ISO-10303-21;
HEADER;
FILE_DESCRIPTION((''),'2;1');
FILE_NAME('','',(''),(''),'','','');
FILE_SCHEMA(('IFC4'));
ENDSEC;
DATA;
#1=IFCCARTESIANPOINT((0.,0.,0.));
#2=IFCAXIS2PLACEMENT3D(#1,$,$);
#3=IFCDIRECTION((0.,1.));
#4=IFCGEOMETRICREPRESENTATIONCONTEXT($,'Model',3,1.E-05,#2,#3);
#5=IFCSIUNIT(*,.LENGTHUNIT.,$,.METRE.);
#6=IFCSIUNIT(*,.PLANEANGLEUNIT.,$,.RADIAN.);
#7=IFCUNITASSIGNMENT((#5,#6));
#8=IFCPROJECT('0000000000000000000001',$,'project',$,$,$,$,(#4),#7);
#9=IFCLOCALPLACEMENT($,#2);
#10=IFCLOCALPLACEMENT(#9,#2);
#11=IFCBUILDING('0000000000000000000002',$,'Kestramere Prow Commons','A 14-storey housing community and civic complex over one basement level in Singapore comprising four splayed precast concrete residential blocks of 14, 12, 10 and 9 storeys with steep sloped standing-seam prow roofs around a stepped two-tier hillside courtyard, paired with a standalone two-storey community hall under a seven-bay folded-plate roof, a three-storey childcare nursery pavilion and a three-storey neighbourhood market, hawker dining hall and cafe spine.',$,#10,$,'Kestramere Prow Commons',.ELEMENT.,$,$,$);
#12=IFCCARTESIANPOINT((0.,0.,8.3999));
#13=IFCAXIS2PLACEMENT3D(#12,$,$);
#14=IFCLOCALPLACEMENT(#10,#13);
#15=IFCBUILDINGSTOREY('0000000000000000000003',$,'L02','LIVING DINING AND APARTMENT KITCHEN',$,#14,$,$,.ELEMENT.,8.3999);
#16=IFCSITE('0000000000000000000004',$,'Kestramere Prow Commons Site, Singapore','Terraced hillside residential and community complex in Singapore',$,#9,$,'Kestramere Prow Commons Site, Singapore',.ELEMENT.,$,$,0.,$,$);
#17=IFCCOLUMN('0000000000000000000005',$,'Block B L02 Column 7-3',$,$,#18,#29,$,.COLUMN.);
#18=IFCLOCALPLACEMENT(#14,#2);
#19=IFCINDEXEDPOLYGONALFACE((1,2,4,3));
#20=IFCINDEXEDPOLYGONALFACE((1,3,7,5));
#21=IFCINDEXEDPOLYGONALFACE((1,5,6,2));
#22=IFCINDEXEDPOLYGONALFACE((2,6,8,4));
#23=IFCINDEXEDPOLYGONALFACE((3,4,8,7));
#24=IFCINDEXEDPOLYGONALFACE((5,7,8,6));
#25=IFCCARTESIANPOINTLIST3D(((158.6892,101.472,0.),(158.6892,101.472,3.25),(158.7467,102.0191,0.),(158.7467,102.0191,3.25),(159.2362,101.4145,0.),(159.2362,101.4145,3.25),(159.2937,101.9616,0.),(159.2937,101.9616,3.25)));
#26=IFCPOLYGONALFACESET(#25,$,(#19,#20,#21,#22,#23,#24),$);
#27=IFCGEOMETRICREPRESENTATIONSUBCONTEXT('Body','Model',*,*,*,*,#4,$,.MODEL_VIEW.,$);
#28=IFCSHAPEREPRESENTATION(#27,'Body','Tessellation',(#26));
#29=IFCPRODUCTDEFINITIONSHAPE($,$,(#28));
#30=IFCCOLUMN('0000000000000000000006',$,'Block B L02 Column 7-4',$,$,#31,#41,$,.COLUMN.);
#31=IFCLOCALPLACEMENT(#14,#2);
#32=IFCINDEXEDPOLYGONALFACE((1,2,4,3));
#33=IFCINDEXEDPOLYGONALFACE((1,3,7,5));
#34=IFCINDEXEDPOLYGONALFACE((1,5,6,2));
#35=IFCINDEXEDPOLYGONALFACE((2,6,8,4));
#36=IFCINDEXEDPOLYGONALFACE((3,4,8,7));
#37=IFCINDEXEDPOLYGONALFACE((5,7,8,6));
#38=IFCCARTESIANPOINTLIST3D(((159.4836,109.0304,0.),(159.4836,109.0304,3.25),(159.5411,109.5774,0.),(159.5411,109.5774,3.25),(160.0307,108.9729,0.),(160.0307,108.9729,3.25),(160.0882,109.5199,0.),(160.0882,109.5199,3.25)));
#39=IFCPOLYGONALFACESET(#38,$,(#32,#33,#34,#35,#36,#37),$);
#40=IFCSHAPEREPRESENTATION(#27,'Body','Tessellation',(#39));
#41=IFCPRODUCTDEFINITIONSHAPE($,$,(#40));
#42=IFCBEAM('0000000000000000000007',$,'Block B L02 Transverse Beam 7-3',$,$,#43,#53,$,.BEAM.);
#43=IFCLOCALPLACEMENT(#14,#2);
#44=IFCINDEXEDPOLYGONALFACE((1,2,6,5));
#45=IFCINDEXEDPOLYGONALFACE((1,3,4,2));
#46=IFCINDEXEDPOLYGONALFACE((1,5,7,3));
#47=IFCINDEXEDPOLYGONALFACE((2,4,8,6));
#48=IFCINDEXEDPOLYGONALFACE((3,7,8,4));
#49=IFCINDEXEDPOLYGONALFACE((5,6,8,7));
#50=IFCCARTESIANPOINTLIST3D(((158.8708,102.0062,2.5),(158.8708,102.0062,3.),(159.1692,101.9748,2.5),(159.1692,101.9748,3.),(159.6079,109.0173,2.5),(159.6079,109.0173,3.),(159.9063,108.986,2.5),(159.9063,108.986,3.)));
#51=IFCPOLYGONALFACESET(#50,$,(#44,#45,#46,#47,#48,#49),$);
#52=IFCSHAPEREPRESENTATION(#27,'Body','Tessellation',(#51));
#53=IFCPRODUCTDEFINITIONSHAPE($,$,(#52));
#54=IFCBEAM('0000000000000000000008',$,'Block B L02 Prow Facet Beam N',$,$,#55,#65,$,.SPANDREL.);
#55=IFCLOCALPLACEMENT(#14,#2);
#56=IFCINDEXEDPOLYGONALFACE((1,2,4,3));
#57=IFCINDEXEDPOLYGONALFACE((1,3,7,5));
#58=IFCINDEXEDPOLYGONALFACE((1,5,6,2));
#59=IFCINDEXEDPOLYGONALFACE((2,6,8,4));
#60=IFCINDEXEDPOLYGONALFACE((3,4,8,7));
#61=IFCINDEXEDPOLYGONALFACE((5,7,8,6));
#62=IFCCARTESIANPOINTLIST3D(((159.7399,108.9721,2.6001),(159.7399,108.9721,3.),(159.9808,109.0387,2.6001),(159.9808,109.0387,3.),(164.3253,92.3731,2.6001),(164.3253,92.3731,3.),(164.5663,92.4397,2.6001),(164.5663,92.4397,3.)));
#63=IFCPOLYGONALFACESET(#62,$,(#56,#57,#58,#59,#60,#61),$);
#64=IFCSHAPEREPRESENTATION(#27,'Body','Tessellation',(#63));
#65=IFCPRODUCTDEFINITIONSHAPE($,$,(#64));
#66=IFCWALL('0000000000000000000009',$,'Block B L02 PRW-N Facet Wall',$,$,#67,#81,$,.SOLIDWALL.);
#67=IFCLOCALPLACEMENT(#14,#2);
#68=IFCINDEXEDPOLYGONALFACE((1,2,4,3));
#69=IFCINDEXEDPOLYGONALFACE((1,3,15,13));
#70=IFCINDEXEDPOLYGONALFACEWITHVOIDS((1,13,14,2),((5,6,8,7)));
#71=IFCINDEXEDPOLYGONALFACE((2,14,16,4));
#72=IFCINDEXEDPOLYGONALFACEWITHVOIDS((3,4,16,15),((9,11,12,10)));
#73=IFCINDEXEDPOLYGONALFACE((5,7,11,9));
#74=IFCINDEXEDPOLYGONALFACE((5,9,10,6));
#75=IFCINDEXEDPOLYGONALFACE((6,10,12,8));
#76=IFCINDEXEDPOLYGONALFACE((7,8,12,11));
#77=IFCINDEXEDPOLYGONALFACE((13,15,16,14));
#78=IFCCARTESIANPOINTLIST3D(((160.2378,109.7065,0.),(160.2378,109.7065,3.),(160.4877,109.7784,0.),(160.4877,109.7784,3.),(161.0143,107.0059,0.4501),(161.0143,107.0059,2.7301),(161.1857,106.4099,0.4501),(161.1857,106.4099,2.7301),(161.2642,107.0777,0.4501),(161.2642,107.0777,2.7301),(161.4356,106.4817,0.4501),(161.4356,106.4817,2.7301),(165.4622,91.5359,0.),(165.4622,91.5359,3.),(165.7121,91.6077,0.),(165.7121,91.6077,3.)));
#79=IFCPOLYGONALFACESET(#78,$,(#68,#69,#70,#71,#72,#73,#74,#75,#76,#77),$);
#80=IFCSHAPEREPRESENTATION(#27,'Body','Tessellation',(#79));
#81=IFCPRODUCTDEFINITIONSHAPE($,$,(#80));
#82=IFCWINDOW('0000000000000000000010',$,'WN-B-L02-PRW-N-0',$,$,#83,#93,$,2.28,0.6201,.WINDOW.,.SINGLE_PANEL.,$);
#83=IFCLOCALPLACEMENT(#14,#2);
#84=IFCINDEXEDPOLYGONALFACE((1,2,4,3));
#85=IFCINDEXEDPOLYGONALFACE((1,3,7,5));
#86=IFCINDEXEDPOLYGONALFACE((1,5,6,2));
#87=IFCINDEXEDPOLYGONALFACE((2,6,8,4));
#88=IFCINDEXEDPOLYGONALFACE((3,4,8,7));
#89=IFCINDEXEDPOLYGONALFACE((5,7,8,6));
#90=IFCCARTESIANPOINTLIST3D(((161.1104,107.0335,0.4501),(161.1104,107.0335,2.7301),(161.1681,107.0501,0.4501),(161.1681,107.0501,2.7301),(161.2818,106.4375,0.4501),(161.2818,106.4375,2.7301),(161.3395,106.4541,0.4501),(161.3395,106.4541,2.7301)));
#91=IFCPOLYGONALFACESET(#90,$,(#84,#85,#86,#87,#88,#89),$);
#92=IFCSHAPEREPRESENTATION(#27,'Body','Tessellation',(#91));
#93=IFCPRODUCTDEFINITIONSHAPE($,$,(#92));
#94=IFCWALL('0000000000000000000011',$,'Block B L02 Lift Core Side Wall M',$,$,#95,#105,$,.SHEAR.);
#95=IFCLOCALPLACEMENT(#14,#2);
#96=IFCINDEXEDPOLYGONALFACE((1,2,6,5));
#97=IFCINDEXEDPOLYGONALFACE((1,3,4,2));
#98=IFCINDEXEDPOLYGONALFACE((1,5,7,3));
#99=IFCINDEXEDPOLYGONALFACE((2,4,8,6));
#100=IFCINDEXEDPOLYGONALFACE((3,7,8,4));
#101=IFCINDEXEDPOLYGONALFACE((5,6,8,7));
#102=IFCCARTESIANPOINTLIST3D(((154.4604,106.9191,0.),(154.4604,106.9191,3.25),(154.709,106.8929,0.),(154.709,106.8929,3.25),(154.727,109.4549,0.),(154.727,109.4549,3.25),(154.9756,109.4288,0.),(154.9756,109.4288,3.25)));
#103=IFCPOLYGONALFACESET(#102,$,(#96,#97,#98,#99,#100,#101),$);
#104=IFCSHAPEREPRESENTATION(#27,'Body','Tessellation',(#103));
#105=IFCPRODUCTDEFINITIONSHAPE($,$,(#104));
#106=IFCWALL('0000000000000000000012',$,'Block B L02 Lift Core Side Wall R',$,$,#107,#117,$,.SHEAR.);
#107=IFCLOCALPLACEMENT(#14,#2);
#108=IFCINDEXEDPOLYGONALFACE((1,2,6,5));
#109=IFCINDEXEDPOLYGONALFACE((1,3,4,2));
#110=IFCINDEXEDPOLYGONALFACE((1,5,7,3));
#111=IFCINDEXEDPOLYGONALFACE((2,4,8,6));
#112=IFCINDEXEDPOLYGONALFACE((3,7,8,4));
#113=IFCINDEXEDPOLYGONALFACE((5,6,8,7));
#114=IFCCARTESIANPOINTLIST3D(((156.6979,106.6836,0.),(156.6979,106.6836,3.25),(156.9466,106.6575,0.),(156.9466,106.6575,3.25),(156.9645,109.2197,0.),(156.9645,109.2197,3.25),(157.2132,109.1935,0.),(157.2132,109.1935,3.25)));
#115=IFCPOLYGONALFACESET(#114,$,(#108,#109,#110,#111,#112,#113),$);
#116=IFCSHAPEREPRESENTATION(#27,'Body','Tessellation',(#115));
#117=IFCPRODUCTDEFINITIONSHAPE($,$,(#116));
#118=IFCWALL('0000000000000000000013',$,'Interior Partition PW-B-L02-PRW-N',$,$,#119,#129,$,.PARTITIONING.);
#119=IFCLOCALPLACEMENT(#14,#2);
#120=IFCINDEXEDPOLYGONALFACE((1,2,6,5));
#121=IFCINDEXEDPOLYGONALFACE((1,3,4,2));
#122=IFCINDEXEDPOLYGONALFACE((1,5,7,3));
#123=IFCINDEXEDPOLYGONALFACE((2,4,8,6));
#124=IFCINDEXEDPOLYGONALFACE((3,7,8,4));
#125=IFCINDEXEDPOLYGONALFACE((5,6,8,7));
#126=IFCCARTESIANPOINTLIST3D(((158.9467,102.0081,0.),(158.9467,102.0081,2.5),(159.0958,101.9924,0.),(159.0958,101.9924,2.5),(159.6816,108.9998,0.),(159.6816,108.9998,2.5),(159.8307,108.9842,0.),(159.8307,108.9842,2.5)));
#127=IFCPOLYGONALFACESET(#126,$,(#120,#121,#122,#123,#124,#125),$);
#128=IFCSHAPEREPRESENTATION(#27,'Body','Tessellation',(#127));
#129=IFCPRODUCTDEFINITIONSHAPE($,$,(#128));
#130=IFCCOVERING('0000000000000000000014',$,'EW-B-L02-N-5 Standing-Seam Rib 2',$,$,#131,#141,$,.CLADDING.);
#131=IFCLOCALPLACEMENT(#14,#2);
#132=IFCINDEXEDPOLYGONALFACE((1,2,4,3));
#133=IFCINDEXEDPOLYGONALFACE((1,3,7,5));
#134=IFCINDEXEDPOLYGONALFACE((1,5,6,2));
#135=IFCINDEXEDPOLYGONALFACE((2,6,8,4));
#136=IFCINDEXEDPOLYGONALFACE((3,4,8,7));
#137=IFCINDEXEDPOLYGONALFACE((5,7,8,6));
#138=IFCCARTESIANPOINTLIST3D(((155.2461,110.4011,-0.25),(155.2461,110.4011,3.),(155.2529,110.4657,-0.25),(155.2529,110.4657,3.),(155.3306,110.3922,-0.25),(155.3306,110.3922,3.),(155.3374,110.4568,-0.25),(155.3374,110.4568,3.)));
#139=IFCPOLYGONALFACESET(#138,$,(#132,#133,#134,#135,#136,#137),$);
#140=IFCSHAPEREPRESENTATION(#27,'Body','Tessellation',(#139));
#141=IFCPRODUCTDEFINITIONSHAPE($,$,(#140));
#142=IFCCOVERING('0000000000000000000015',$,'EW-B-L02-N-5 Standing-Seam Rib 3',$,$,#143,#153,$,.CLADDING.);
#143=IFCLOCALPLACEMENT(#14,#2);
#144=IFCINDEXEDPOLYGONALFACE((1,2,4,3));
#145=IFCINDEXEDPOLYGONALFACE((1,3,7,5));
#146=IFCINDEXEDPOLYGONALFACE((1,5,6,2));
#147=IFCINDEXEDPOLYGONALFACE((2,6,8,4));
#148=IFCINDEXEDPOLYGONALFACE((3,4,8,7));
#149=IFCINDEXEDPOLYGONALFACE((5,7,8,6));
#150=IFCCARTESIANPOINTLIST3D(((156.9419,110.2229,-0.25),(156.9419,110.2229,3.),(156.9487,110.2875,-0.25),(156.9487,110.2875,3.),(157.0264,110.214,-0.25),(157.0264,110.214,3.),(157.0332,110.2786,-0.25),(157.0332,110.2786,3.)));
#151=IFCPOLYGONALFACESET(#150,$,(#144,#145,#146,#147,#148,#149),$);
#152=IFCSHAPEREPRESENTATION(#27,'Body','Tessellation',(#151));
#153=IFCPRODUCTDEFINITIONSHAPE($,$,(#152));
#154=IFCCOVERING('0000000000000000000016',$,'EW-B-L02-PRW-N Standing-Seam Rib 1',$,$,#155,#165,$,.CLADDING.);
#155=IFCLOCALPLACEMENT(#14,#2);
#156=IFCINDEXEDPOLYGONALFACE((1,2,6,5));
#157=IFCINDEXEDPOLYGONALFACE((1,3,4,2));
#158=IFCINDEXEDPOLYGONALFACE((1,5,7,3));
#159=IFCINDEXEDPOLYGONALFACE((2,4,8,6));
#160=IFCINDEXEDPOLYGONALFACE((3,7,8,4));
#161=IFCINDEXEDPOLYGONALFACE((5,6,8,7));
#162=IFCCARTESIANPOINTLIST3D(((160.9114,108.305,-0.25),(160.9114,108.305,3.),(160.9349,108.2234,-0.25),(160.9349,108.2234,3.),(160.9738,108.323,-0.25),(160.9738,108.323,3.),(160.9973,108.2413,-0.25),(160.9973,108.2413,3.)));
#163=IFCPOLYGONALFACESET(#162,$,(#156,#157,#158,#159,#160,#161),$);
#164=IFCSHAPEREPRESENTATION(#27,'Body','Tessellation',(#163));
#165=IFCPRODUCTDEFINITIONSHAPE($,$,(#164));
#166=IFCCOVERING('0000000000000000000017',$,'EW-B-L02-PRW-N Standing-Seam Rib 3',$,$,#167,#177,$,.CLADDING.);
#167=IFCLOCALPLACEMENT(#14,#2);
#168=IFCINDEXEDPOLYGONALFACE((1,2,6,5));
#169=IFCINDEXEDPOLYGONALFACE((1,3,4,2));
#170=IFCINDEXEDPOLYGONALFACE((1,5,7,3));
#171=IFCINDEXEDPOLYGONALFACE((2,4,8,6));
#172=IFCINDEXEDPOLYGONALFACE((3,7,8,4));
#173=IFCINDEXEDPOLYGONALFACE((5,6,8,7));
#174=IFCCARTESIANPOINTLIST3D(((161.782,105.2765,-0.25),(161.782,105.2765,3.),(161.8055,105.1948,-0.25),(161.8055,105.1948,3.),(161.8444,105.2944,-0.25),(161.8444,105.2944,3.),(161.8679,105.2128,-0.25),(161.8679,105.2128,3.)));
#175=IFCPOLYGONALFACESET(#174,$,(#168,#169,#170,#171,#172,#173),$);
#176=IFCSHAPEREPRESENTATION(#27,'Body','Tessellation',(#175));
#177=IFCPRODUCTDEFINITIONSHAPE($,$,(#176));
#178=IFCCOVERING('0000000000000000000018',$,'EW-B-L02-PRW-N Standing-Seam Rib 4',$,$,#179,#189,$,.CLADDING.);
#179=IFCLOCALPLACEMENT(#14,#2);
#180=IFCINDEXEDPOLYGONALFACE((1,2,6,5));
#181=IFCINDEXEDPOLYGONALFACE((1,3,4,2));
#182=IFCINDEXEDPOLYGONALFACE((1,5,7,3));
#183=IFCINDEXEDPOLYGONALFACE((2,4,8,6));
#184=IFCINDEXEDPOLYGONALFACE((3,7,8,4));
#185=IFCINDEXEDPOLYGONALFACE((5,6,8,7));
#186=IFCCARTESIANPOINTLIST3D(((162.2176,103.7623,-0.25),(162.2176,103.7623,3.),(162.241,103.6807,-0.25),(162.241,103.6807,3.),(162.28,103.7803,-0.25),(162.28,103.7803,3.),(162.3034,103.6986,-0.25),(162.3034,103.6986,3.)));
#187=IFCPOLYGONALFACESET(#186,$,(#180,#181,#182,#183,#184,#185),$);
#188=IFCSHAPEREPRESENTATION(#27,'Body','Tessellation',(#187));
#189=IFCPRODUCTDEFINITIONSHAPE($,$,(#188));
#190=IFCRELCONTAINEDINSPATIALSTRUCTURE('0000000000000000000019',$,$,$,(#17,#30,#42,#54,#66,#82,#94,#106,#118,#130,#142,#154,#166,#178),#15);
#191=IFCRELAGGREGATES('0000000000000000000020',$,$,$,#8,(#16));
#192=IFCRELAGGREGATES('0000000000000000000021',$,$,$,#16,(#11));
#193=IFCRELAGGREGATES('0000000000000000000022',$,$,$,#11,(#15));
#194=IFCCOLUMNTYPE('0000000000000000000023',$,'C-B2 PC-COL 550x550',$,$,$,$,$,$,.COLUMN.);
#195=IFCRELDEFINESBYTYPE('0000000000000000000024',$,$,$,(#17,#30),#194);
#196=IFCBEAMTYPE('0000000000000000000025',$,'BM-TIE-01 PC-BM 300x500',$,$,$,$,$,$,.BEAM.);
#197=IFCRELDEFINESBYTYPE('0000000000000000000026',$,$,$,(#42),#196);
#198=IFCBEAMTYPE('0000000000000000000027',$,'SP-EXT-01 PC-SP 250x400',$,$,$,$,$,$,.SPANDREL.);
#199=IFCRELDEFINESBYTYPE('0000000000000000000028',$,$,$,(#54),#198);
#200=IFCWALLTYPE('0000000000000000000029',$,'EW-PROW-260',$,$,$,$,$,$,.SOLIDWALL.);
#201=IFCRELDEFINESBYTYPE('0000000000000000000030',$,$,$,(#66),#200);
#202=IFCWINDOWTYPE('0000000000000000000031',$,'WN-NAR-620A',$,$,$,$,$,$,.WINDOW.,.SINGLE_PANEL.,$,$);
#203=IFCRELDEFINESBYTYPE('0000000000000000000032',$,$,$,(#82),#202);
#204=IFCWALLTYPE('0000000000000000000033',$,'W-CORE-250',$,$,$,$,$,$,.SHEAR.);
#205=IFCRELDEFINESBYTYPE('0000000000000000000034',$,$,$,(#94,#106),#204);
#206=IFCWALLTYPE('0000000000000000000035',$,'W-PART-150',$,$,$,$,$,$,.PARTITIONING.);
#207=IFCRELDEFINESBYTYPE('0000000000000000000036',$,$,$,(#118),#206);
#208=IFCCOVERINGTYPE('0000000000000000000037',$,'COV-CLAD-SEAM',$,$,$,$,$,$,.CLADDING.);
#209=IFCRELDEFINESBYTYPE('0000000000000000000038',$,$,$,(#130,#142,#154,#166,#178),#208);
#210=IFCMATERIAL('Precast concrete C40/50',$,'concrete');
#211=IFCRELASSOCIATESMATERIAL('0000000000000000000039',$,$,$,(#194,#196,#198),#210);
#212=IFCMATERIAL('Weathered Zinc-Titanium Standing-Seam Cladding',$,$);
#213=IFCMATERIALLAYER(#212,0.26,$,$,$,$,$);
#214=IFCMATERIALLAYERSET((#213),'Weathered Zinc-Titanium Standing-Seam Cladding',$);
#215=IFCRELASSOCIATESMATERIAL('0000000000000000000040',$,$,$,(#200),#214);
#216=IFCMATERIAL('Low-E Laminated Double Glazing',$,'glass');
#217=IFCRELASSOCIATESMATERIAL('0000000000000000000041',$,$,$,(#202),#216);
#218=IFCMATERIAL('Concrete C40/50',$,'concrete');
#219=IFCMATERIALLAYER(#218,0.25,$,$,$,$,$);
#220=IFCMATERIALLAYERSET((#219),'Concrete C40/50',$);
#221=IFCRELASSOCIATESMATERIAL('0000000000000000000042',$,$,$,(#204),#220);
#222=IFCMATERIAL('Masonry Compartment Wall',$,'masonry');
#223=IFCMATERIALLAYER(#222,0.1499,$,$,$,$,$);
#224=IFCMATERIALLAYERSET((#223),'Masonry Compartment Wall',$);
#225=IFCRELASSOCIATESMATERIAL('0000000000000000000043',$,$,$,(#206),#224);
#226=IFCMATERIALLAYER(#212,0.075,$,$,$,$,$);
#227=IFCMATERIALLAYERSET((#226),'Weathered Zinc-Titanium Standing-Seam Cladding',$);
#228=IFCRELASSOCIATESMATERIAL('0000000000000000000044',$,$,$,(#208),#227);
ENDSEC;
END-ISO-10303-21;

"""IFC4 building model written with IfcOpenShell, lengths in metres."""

from ifc_helpers import new_model, si_unit, direction, frame, frame_2d, origin, origin_2d, place, context, subcontext, project, spatial, rectangle, extrude, material, layer, layer_set, material_profile, profile_set, type_object, element, fill, save


model = new_model("IFC4")

# Units and contexts
model_context = context("Model", 3, precision=1e-05, world=origin(), true_north=direction((0.0, 1.0)))
body_context = subcontext(model_context, "Body", "Model", "MODEL_VIEW")
ifc_project = project(units=[si_unit("LENGTHUNIT", "METRE"), si_unit("PLANEANGLEUNIT", "RADIAN")], contexts=[model_context])

# Site, building, storey
site_placement = place(None, origin())
site = spatial("IfcSite", under=ifc_project, at=site_placement, Name="Kestramere Prow Commons Site, Singapore", Description="Terraced hillside residential and community complex in Singapore", LongName="Kestramere Prow Commons Site, Singapore", CompositionType="ELEMENT", RefElevation=0.0)
building_placement = place(site_placement, origin())
building = spatial("IfcBuilding", under=site, at=building_placement, Name="Kestramere Prow Commons", Description="A 14-storey housing community and civic complex over one basement level in Singapore comprising four splayed precast concrete residential blocks of 14, 12, 10 and 9 storeys with steep sloped standing-seam prow roofs around a stepped two-tier hillside courtyard, paired with a standalone two-storey community hall under a seven-bay folded-plate roof, a three-storey childcare nursery pavilion and a three-storey neighbourhood market, hawker dining hall and cafe spine.", LongName="Kestramere Prow Commons", CompositionType="ELEMENT")
storey_placement = place(building_placement, frame((0.0, 0.0, 8.3999)))
storey = spatial("IfcBuildingStorey", under=building, at=storey_placement, Name="L02", Description="LIVING DINING AND APARTMENT KITCHEN", CompositionType="ELEMENT", Elevation=8.3999)

# Columns
ifc_material_1 = material(Name="Precast concrete C40/50", Category="concrete")
ifc_material_profile_1 = material_profile(ifc_material_1, rectangle(XDim=0.55, YDim=0.55, at=origin_2d()), Name="PC-COL 550x550")
ifc_profile_set_1 = profile_set([ifc_material_profile_1], Name="Precast concrete C40/50")
column_type = type_object("IfcColumnType", Name="C-B2 PC-COL 550x550", PredefinedType="COLUMN", material=ifc_profile_set_1)
for number, where, z_axis, x_axis, name in (
    (1, (158.9915, 101.7168, 0.0), (0.0, 0.0, 1.0), (0.994522, -0.104528, 0.0), "Block B L02 Column 7-3"),
    (2, (159.7859, 109.2751, 0.0), (0.0, 0.0, 1.0), (0.994522, -0.104528, 0.0), "Block B L02 Column 7-4"),
):
    element("IfcColumn", number, at=place(storey_placement, frame(where, z_axis=z_axis, x_axis=x_axis)), inside=storey, type_object=column_type, Name=name, PredefinedType="COLUMN", context=body_context, shape_type="SweptSolid", body=[
        extrude(rectangle(XDim=0.55, YDim=0.55, at=origin_2d()), origin(), (0.0, 0.0, 1.0), 3.25),
    ])

# Beams
ifc_material_profile_2 = material_profile(ifc_material_1, rectangle(XDim=0.3, YDim=0.5, at=origin_2d()), Name="PC-BM 300x500")
ifc_profile_set_2 = profile_set([ifc_material_profile_2], Name="Precast concrete C40/50")
beam_type_1 = type_object("IfcBeamType", Name="BM-TIE-01 PC-BM 300x500", PredefinedType="BEAM", material=ifc_profile_set_2)
beam_1_placement = place(storey_placement, frame((159.02, 101.9905, 2.75), z_axis=(0.10455, 0.99452, 0.0), x_axis=(-0.99452, 0.10455, 0.0)))
element("IfcBeam", 3, at=beam_1_placement, inside=storey, type_object=beam_type_1, Name="Block B L02 Transverse Beam 7-3", PredefinedType="BEAM", context=body_context, shape_type="SweptSolid", body=[
    extrude(rectangle(XDim=0.3, YDim=0.5, at=origin_2d()), origin(), (0.0, 0.0, 1.0), 7.0498),
])
ifc_material_profile_3 = material_profile(ifc_material_1, rectangle(XDim=0.25, YDim=0.3999, at=origin_2d()), Name="PC-SP 250x400")
ifc_profile_set_3 = profile_set([ifc_material_profile_3], Name="Precast concrete C40/50")
beam_type_2 = type_object("IfcBeamType", Name="SP-EXT-01 PC-SP 250x400", PredefinedType="SPANDREL", material=ifc_profile_set_3)
beam_2_placement = place(storey_placement, frame((159.8604, 109.0054, 2.8), z_axis=(0.266277, -0.963897, 0.0), x_axis=(0.963897, 0.266277, 0.0)))
element("IfcBeam", 4, at=beam_2_placement, inside=storey, type_object=beam_type_2, Name="Block B L02 Prow Facet Beam N", PredefinedType="SPANDREL", context=body_context, shape_type="SweptSolid", body=[
    extrude(rectangle(XDim=0.25, YDim=0.3999, at=origin_2d()), origin(), (0.0, 0.0, 1.0), 17.2207),
])

# Wall, opening, window
ifc_material_2 = material(Name="Weathered Zinc-Titanium Standing-Seam Cladding")
ifc_layer_1 = layer(ifc_material_2, 0.26)
ifc_layer_set_1 = layer_set([ifc_layer_1], Name="Weathered Zinc-Titanium Standing-Seam Cladding")
wall_type_1 = type_object("IfcWallType", Name="EW-PROW-260", PredefinedType="SOLIDWALL", material=ifc_layer_set_1)
wall_1_placement = place(storey_placement, frame((160.3628, 109.7424, 0.0), z_axis=(0.0, 0.0, 1.0), x_axis=(0.276322, -0.961065, 0.0)))
wall_1 = element("IfcWall", 5, at=wall_1_placement, inside=storey, type_object=wall_type_1, Name="Block B L02 PRW-N Facet Wall", PredefinedType="SOLIDWALL", context=body_context, shape_type="SweptSolid", body=[
    extrude(rectangle(XDim=18.9067, YDim=0.26, at=frame_2d((9.4534, 0.0))), origin(), (0.0, 0.0, 1.0), 3.0),
])
opening_1_placement = place(wall_1_placement, frame((2.8101, 0.0, 0.45)))
opening_1 = element("IfcOpeningElement", 6, at=opening_1_placement, cuts=wall_1, PredefinedType="OPENING", context=body_context, shape_type="SweptSolid", body=[
    extrude(rectangle(XDim=0.6201, YDim=2.28, at=frame_2d((0.3101, 1.1401))), frame((0.0, 0.145, 0.0), z_axis=(0.0, -1.0, 0.0), x_axis=(1.0, 0.0, 0.0)), (0.0, 0.0, 1.0), 0.29),
])
ifc_material_3 = material(Name="Low-E Laminated Double Glazing", Category="glass")
window_type = type_object("IfcWindowType", Name="WN-NAR-620A", PartitioningType="SINGLE_PANEL", PredefinedType="WINDOW", material=ifc_material_3)
window_placement = place(opening_1_placement, origin())
window = element("IfcWindow", 7, at=window_placement, inside=storey, type_object=window_type, Name="WN-B-L02-PRW-N-0", OverallHeight=2.28, OverallWidth=0.6201, PartitioningType="SINGLE_PANEL", PredefinedType="WINDOW", context=body_context, shape_type="SweptSolid", body=[
    extrude(rectangle(XDim=0.6201, YDim=2.28, at=frame_2d((0.3101, 1.1401))), frame((0.0, 0.03, 0.0), z_axis=(0.0, -1.0, 0.0), x_axis=(1.0, 0.0, 0.0)), (0.0, 0.0, 1.0), 0.0601),
])
fill(opening_1, window)

# Walls
ifc_material_4 = material(Name="Concrete C40/50", Category="concrete")
ifc_layer_2 = layer(ifc_material_4, 0.25)
ifc_layer_set_2 = layer_set([ifc_layer_2], Name="Concrete C40/50")
wall_type_2 = type_object("IfcWallType", Name="W-CORE-250", PredefinedType="SHEAR", material=ifc_layer_set_2)
wall_2_placement = place(storey_placement, frame((154.5847, 106.906, 0.0), z_axis=(0.0, 0.0, 1.0), x_axis=(0.104555, 0.994519, 0.0)))
element("IfcWall", 8, at=wall_2_placement, inside=storey, type_object=wall_type_2, Name="Block B L02 Lift Core Side Wall M", PredefinedType="SHEAR", context=body_context, shape_type="SweptSolid", body=[
    extrude(rectangle(XDim=2.5498, YDim=0.25, at=frame_2d((1.2749, 0.0))), origin(), (0.0, 0.0, 1.0), 3.25),
])
wall_3_placement = place(storey_placement, frame((156.8223, 106.6707, 0.0), z_axis=(0.0, 0.0, 1.0), x_axis=(0.104545, 0.99452, 0.0)))
element("IfcWall", 9, at=wall_3_placement, inside=storey, type_object=wall_type_2, Name="Block B L02 Lift Core Side Wall R", PredefinedType="SHEAR", context=body_context, shape_type="SweptSolid", body=[
    extrude(rectangle(XDim=2.55, YDim=0.25, at=frame_2d((1.2749, 0.0))), origin(), (0.0, 0.0, 1.0), 3.25),
])

# Wall
ifc_material_5 = material(Name="Masonry Compartment Wall", Category="masonry")
ifc_layer_3 = layer(ifc_material_5, 0.1499)
ifc_layer_set_3 = layer_set([ifc_layer_3], Name="Masonry Compartment Wall")
wall_type_3 = type_object("IfcWallType", Name="W-PART-150", PredefinedType="PARTITIONING", material=ifc_layer_set_3)
wall_4_placement = place(storey_placement, frame((159.0212, 102.0002, 0.0), z_axis=(0.0, 0.0, 1.0), x_axis=(0.104529, 0.994522, 0.0)))
element("IfcWall", 10, at=wall_4_placement, inside=storey, type_object=wall_type_3, Name="Interior Partition PW-B-L02-PRW-N", PredefinedType="PARTITIONING", context=body_context, shape_type="SweptSolid", body=[
    extrude(rectangle(XDim=7.0303, YDim=0.1499, at=frame_2d((3.5151, 0.0))), origin(), (0.0, 0.0, 1.0), 2.5),
])

# Coverings
ifc_layer_4 = layer(ifc_material_2, 0.075)
ifc_layer_set_4 = layer_set([ifc_layer_4], Name="Weathered Zinc-Titanium Standing-Seam Cladding")
covering_type = type_object("IfcCoveringType", Name="COV-CLAD-SEAM", PredefinedType="CLADDING", material=ifc_layer_set_4)
for number, where, z_axis, x_axis, name in (
    (11, (155.2917, 110.429, -0.25), (0.0, 0.0, 1.0), (0.994522, -0.104528, 0.0), "EW-B-L02-N-5 Standing-Seam Rib 2"),
    (12, (156.9875, 110.2507, -0.25), (0.0, 0.0, 1.0), (0.994522, -0.104528, 0.0), "EW-B-L02-N-5 Standing-Seam Rib 3"),
    (13, (160.9543, 108.2732, -0.25), (0.0, 0.0, 1.0), (0.276318, -0.961066, 0.0), "EW-B-L02-PRW-N Standing-Seam Rib 1"),
    (14, (161.825, 105.2446, -0.25), (0.0, 0.0, 1.0), (0.276318, -0.961066, 0.0), "EW-B-L02-PRW-N Standing-Seam Rib 3"),
    (15, (162.2605, 103.7305, -0.25), (0.0, 0.0, 1.0), (0.276318, -0.961066, 0.0), "EW-B-L02-PRW-N Standing-Seam Rib 4"),
):
    element("IfcCovering", number, at=place(storey_placement, frame(where, z_axis=z_axis, x_axis=x_axis)), inside=storey, type_object=covering_type, Name=name, PredefinedType="CLADDING", context=body_context, shape_type="SweptSolid", body=[
        extrude(rectangle(XDim=0.085, YDim=0.0649, at=origin_2d()), origin(), (0.0, 0.0, 1.0), 3.25),
    ])

save(model, "model.ifc")
